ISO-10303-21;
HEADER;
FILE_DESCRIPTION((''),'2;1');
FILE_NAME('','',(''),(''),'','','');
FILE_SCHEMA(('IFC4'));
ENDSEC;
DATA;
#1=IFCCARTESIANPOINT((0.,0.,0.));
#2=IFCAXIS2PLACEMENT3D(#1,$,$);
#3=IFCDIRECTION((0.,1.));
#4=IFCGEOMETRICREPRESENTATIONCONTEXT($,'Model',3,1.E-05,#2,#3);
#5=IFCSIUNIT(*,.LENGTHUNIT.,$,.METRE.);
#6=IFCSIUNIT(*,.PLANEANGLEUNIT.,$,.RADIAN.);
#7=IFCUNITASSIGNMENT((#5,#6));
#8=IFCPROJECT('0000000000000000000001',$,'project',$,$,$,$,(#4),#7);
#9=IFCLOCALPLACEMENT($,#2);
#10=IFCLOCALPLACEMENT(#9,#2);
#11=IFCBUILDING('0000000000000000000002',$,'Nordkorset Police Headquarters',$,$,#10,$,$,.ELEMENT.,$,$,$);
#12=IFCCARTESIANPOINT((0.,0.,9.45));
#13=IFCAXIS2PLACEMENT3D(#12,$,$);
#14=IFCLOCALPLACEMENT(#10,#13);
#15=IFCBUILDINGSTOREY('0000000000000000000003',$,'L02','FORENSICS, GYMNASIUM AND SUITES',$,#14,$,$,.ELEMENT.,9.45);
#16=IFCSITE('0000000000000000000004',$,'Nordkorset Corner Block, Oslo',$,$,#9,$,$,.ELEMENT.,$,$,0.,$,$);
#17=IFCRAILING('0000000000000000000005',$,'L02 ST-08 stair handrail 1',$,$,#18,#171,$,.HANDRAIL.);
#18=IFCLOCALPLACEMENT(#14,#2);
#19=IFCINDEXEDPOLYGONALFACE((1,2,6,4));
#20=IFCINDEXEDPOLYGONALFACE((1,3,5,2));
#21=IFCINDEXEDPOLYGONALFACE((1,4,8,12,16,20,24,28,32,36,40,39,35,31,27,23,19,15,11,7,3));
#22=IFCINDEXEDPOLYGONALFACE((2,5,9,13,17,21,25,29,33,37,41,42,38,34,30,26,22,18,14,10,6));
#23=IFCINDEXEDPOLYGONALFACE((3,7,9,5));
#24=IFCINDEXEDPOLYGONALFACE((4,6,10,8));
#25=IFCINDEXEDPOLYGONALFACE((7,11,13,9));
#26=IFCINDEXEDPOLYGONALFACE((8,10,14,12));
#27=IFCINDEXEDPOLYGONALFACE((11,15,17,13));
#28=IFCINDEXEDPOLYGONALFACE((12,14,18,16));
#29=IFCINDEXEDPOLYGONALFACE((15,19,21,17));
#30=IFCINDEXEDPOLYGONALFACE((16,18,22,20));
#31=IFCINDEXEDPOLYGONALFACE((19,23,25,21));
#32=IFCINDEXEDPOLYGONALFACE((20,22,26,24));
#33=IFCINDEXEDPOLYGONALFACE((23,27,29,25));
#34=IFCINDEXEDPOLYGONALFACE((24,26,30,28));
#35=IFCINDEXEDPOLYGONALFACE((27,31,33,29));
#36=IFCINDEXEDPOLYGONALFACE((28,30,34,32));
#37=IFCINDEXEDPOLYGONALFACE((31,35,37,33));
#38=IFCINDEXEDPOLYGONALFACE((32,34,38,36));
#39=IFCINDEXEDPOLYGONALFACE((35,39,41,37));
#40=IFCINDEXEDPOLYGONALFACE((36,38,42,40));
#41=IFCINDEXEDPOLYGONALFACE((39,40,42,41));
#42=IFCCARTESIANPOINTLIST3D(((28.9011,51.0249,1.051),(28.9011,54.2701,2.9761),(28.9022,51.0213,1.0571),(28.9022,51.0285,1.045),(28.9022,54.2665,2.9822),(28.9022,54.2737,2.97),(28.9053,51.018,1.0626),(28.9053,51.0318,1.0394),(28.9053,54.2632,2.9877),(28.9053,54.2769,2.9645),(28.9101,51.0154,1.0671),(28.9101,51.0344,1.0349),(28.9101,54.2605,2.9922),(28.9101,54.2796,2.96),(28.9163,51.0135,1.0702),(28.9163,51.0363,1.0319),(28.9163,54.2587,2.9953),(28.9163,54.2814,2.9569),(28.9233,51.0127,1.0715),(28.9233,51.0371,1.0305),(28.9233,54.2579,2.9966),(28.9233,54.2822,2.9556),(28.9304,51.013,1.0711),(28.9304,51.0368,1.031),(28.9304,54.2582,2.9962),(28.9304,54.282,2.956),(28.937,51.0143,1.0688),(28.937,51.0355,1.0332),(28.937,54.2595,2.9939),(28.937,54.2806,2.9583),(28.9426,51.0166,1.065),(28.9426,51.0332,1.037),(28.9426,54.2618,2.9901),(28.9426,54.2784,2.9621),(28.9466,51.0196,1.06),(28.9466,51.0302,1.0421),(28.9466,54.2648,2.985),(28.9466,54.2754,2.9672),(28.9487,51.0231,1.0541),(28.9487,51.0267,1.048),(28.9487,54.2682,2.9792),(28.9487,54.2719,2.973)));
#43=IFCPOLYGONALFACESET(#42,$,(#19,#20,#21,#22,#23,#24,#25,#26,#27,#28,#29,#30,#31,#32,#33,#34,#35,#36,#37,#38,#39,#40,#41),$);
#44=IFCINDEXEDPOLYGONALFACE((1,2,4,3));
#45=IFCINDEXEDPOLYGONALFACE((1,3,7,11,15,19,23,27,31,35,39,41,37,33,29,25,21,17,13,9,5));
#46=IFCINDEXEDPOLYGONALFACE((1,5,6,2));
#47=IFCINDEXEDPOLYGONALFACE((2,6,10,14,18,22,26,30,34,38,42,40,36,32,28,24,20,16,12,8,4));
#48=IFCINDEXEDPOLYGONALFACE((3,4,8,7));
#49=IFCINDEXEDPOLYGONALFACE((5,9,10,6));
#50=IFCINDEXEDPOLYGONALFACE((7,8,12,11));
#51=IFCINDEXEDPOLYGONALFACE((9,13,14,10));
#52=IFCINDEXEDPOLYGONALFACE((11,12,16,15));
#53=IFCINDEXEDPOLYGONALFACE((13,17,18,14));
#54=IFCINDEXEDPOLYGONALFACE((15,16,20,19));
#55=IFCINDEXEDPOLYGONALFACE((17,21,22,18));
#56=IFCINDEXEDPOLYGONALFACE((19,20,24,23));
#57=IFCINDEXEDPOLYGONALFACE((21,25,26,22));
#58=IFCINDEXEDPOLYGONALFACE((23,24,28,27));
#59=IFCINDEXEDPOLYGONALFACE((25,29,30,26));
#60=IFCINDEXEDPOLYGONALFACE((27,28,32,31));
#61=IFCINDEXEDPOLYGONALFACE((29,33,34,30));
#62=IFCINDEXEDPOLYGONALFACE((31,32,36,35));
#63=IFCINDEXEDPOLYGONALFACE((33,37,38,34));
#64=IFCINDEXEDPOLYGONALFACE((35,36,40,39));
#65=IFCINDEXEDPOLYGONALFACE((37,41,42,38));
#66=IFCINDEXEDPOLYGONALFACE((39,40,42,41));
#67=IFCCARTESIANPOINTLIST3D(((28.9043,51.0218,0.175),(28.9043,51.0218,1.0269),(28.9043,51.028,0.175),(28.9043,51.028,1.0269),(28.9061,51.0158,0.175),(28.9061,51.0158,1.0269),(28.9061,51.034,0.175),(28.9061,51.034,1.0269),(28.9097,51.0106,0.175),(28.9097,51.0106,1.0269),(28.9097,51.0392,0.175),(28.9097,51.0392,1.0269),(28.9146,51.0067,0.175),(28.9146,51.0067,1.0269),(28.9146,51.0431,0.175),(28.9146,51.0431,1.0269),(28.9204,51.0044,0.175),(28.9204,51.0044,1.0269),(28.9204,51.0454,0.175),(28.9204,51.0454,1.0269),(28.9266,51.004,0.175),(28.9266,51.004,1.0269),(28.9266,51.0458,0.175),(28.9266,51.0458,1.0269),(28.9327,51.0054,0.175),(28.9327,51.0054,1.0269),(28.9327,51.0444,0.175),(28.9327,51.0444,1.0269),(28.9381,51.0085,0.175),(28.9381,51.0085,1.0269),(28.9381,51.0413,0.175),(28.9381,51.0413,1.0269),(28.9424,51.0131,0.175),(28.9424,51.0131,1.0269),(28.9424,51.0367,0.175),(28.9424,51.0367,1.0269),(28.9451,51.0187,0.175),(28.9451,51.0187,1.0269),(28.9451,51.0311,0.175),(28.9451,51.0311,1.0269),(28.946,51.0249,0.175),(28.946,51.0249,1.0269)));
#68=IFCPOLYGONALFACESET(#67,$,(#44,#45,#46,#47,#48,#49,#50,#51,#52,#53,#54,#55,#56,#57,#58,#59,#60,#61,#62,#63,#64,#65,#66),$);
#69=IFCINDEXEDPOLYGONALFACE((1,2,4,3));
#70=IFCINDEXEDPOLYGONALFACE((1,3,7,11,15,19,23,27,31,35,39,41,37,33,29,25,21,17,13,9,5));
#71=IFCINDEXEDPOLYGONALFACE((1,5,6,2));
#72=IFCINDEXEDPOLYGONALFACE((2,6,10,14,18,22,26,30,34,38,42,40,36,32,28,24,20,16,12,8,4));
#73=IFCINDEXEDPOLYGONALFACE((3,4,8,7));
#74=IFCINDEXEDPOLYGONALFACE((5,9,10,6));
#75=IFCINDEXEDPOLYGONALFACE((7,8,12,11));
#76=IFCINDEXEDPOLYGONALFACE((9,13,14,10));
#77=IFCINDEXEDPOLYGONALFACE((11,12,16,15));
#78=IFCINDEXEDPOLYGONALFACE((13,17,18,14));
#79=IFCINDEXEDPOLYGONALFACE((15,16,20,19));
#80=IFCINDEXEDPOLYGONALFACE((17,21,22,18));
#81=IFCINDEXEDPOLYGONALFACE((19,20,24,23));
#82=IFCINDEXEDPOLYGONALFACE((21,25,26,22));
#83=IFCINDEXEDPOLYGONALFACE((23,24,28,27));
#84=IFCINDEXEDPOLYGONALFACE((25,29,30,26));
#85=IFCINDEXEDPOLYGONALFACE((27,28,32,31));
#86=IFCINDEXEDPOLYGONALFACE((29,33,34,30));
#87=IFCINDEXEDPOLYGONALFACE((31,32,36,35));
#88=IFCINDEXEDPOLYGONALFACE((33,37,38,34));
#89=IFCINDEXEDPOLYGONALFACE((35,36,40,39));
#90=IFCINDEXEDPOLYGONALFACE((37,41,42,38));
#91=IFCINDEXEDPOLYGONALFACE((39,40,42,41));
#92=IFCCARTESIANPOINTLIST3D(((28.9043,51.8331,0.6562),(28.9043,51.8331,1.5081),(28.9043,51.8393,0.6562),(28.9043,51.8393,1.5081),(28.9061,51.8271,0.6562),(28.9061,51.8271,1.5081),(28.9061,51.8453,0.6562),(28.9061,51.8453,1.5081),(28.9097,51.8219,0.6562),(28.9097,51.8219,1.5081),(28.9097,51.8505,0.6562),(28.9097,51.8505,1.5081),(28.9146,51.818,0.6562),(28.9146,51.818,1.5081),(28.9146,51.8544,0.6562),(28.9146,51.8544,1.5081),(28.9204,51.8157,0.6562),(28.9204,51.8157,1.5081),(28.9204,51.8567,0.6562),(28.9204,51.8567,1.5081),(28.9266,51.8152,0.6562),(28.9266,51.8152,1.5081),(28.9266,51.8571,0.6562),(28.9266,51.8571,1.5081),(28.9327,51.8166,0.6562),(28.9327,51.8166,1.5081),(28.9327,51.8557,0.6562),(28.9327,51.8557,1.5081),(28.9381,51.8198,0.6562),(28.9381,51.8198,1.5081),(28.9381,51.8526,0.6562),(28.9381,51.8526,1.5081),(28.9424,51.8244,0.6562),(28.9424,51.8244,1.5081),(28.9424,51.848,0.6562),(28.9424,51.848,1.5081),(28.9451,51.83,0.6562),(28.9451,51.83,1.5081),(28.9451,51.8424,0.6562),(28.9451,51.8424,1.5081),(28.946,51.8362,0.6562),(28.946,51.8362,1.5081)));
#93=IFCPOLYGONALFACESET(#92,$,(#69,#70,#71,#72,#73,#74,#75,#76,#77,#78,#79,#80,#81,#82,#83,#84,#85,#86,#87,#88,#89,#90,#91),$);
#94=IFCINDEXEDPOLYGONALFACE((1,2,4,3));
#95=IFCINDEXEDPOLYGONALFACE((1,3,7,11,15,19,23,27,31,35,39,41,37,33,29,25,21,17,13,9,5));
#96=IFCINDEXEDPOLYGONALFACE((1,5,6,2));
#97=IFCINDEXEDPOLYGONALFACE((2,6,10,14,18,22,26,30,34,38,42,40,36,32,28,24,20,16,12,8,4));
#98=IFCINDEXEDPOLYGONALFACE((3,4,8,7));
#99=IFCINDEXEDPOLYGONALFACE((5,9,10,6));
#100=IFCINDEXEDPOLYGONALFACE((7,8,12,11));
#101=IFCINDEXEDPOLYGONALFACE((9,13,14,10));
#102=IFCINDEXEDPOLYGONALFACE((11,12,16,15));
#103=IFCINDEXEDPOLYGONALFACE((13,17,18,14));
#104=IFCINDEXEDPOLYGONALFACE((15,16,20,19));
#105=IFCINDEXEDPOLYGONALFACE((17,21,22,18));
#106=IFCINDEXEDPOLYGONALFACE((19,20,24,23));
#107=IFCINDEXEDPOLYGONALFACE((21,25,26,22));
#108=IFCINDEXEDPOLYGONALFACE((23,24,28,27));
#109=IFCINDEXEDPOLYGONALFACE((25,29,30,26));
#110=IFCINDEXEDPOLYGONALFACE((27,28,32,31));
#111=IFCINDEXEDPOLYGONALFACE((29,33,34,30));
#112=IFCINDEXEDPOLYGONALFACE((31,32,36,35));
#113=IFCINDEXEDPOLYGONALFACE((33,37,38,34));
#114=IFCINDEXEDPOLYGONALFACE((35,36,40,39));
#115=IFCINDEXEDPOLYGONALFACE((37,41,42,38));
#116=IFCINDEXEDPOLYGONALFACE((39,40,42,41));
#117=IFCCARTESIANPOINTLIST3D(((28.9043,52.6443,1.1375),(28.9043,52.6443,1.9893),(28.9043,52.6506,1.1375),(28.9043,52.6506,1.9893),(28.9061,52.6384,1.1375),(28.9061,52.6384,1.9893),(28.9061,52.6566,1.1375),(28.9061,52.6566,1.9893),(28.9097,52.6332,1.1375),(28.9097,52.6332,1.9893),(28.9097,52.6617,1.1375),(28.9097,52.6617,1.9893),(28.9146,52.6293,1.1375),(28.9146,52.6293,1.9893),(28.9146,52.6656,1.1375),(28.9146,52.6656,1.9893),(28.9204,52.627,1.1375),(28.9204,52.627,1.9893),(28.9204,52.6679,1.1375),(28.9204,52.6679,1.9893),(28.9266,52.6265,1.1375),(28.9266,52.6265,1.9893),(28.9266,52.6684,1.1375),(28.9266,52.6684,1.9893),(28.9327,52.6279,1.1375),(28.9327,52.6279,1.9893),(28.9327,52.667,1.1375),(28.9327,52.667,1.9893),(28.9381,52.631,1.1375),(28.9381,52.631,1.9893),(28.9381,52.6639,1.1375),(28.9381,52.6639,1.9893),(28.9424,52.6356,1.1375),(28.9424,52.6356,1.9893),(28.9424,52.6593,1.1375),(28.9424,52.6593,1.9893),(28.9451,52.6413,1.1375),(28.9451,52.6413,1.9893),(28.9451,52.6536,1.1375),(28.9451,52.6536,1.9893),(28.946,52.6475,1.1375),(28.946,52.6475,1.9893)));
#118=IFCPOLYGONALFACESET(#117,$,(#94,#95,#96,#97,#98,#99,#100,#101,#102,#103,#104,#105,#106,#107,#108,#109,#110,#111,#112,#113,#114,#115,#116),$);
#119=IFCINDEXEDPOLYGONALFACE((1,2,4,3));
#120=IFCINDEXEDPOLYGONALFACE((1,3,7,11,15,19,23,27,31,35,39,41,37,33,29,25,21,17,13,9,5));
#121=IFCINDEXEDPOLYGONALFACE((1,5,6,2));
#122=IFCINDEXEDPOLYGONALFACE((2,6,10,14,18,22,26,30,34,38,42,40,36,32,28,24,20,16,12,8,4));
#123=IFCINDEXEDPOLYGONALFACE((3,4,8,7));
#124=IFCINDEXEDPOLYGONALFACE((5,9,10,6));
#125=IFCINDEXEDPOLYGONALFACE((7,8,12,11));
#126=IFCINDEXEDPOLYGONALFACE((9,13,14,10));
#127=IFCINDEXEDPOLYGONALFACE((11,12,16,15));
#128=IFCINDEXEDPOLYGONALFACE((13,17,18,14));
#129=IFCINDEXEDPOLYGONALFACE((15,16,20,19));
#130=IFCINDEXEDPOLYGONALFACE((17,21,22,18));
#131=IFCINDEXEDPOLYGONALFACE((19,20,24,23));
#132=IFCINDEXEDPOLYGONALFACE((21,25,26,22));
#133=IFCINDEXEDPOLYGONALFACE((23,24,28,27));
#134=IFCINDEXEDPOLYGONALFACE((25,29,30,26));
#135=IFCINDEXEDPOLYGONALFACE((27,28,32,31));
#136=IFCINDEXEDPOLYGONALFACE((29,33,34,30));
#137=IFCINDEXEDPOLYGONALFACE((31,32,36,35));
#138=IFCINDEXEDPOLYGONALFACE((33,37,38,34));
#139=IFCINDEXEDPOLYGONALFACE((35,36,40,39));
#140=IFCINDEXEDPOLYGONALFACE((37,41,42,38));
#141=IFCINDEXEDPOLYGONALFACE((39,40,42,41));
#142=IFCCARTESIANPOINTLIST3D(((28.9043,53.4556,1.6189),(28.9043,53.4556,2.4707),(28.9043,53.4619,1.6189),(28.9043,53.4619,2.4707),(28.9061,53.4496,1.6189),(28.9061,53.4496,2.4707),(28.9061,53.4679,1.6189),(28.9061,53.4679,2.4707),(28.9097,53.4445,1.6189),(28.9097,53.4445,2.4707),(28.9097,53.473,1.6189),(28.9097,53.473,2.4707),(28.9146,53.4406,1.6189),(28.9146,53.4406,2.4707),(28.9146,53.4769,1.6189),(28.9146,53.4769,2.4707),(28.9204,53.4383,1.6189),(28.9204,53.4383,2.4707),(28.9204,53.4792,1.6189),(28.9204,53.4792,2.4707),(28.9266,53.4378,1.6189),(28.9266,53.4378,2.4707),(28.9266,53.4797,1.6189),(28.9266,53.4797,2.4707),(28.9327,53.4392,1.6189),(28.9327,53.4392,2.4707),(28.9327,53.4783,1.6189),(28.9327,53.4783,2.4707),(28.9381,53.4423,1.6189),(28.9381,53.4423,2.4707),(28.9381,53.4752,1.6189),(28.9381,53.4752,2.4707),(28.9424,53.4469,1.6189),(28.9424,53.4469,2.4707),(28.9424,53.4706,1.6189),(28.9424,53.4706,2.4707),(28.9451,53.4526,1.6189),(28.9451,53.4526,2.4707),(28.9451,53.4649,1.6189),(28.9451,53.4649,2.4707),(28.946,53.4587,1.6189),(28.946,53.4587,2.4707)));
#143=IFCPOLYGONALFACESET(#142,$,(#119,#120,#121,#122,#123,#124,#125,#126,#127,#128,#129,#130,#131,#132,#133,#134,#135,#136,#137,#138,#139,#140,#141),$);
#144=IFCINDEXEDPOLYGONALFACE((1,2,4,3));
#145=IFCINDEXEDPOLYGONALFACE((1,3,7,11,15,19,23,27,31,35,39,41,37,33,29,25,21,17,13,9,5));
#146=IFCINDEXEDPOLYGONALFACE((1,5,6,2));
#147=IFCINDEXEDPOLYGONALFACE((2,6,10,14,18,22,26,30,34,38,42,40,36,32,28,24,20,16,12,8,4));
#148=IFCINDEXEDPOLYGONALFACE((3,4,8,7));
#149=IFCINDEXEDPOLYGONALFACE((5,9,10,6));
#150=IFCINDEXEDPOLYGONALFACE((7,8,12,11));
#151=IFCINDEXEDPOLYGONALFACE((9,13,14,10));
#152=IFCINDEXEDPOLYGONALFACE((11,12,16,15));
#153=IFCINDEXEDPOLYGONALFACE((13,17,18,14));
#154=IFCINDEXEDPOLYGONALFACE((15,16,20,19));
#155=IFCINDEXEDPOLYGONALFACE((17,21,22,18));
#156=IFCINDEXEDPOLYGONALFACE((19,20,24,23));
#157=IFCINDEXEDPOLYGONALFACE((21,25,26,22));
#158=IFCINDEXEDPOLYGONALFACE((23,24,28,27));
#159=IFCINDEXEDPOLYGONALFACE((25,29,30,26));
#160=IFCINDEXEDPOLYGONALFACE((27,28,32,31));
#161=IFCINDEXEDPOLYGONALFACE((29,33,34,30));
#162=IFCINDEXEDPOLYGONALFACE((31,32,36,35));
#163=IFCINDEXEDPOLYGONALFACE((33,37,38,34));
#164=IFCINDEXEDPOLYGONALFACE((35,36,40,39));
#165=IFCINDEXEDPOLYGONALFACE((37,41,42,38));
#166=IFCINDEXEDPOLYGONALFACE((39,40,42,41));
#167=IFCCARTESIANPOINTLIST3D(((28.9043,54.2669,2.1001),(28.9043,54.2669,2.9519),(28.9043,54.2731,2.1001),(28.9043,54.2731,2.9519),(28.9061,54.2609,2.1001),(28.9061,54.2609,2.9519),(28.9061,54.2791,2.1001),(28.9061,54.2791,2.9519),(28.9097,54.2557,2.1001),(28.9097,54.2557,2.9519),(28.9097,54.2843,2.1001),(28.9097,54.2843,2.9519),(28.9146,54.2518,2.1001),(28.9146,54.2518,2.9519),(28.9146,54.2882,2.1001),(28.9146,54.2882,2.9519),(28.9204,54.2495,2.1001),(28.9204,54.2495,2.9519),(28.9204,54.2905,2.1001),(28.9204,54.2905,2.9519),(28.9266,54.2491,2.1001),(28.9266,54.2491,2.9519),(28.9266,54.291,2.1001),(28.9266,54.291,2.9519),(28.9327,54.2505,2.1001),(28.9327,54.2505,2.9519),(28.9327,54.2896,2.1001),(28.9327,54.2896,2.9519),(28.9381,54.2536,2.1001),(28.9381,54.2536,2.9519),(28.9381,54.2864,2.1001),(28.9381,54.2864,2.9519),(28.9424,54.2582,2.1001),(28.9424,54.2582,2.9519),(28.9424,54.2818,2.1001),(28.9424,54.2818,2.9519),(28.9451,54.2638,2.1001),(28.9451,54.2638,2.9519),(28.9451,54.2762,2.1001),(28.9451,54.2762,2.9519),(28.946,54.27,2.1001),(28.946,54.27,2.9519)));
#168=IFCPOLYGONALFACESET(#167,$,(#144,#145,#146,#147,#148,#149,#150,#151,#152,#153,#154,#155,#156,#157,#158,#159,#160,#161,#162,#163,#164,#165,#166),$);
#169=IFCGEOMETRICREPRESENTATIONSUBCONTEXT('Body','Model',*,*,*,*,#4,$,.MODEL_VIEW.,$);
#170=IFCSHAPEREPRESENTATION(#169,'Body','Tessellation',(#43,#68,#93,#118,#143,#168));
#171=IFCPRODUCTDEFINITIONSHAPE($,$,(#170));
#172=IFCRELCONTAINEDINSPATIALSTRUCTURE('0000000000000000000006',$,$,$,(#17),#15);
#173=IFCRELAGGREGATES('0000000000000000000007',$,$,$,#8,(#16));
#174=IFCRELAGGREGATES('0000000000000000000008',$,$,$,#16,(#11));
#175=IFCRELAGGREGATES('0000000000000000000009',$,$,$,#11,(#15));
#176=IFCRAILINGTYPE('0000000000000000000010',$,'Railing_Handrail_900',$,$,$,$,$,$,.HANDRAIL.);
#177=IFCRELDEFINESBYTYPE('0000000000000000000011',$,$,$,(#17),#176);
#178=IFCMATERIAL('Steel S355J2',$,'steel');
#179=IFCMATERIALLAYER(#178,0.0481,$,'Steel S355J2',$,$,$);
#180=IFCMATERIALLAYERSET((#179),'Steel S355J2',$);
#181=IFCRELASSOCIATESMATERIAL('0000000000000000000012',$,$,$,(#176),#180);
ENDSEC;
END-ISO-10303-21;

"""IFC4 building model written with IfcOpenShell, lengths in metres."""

from ifc_helpers import new_model, si_unit, direction, frame, origin, origin_2d, place, context, subcontext, project, spatial, circle, extrude, material, layer, layer_set, type_object, element, save


model = new_model("IFC4")

# Units and contexts
model_context = context("Model", 3, precision=1e-05, world=origin(), true_north=direction((0.0, 1.0)))
body_context = subcontext(model_context, "Body", "Model", "MODEL_VIEW")
ifc_project = project(units=[si_unit("LENGTHUNIT", "METRE"), si_unit("PLANEANGLEUNIT", "RADIAN")], contexts=[model_context])

# Site, building, storey
site_placement = place(None, origin())
site = spatial("IfcSite", under=ifc_project, at=site_placement, Name="Nordkorset Corner Block, Oslo", CompositionType="ELEMENT", RefElevation=0.0)
building_placement = place(site_placement, origin())
building = spatial("IfcBuilding", under=site, at=building_placement, Name="Nordkorset Police Headquarters", CompositionType="ELEMENT")
storey_placement = place(building_placement, frame((0.0, 0.0, 9.45)))
storey = spatial("IfcBuildingStorey", under=building, at=storey_placement, Name="L02", Description="FORENSICS, GYMNASIUM AND SUITES", CompositionType="ELEMENT", Elevation=9.45)

# Railing
ifc_material_1 = material(Name="Steel S355J2", Category="steel")
ifc_layer_1 = layer(ifc_material_1, 0.0481, Name="Steel S355J2")
ifc_layer_set_1 = layer_set([ifc_layer_1], Name="Steel S355J2")
railing_type_1 = type_object("IfcRailingType", Name="Railing_Handrail_900", PredefinedType="HANDRAIL", material=ifc_layer_set_1)
railing_1_placement = place(storey_placement, frame((28.925, 51.0249, 0.175)))
element("IfcRailing", 1, at=railing_1_placement, inside=storey, type_object=railing_type_1, Name="L02 ST-08 stair handrail 1", PredefinedType="HANDRAIL", context=body_context, shape_type="SweptSolid", body=[
    extrude(circle(Radius=0.0239, at=origin_2d()), frame((0.0, 0.0, 0.876), z_axis=(0.0, 0.860057, 0.510198), x_axis=(-1.0, 0.0, 0.0)), (0.0, 0.0, 1.0), 3.7732),
    extrude(circle(Radius=0.021, at=origin_2d()), origin(), (0.0, 0.0, 1.0), 0.8518),
    extrude(circle(Radius=0.021, at=origin_2d()), frame((0.0, 0.8113, 0.4812)), (0.0, 0.0, 1.0), 0.8518),
    extrude(circle(Radius=0.021, at=origin_2d()), frame((0.0, 1.6226, 0.9624)), (0.0, 0.0, 1.0), 0.8518),
    extrude(circle(Radius=0.021, at=origin_2d()), frame((0.0, 2.4338, 1.4438)), (0.0, 0.0, 1.0), 0.8518),
    extrude(circle(Radius=0.021, at=origin_2d()), frame((0.0, 3.2451, 1.925)), (0.0, 0.0, 1.0), 0.8518),
])

save(model, "model.ifc")
